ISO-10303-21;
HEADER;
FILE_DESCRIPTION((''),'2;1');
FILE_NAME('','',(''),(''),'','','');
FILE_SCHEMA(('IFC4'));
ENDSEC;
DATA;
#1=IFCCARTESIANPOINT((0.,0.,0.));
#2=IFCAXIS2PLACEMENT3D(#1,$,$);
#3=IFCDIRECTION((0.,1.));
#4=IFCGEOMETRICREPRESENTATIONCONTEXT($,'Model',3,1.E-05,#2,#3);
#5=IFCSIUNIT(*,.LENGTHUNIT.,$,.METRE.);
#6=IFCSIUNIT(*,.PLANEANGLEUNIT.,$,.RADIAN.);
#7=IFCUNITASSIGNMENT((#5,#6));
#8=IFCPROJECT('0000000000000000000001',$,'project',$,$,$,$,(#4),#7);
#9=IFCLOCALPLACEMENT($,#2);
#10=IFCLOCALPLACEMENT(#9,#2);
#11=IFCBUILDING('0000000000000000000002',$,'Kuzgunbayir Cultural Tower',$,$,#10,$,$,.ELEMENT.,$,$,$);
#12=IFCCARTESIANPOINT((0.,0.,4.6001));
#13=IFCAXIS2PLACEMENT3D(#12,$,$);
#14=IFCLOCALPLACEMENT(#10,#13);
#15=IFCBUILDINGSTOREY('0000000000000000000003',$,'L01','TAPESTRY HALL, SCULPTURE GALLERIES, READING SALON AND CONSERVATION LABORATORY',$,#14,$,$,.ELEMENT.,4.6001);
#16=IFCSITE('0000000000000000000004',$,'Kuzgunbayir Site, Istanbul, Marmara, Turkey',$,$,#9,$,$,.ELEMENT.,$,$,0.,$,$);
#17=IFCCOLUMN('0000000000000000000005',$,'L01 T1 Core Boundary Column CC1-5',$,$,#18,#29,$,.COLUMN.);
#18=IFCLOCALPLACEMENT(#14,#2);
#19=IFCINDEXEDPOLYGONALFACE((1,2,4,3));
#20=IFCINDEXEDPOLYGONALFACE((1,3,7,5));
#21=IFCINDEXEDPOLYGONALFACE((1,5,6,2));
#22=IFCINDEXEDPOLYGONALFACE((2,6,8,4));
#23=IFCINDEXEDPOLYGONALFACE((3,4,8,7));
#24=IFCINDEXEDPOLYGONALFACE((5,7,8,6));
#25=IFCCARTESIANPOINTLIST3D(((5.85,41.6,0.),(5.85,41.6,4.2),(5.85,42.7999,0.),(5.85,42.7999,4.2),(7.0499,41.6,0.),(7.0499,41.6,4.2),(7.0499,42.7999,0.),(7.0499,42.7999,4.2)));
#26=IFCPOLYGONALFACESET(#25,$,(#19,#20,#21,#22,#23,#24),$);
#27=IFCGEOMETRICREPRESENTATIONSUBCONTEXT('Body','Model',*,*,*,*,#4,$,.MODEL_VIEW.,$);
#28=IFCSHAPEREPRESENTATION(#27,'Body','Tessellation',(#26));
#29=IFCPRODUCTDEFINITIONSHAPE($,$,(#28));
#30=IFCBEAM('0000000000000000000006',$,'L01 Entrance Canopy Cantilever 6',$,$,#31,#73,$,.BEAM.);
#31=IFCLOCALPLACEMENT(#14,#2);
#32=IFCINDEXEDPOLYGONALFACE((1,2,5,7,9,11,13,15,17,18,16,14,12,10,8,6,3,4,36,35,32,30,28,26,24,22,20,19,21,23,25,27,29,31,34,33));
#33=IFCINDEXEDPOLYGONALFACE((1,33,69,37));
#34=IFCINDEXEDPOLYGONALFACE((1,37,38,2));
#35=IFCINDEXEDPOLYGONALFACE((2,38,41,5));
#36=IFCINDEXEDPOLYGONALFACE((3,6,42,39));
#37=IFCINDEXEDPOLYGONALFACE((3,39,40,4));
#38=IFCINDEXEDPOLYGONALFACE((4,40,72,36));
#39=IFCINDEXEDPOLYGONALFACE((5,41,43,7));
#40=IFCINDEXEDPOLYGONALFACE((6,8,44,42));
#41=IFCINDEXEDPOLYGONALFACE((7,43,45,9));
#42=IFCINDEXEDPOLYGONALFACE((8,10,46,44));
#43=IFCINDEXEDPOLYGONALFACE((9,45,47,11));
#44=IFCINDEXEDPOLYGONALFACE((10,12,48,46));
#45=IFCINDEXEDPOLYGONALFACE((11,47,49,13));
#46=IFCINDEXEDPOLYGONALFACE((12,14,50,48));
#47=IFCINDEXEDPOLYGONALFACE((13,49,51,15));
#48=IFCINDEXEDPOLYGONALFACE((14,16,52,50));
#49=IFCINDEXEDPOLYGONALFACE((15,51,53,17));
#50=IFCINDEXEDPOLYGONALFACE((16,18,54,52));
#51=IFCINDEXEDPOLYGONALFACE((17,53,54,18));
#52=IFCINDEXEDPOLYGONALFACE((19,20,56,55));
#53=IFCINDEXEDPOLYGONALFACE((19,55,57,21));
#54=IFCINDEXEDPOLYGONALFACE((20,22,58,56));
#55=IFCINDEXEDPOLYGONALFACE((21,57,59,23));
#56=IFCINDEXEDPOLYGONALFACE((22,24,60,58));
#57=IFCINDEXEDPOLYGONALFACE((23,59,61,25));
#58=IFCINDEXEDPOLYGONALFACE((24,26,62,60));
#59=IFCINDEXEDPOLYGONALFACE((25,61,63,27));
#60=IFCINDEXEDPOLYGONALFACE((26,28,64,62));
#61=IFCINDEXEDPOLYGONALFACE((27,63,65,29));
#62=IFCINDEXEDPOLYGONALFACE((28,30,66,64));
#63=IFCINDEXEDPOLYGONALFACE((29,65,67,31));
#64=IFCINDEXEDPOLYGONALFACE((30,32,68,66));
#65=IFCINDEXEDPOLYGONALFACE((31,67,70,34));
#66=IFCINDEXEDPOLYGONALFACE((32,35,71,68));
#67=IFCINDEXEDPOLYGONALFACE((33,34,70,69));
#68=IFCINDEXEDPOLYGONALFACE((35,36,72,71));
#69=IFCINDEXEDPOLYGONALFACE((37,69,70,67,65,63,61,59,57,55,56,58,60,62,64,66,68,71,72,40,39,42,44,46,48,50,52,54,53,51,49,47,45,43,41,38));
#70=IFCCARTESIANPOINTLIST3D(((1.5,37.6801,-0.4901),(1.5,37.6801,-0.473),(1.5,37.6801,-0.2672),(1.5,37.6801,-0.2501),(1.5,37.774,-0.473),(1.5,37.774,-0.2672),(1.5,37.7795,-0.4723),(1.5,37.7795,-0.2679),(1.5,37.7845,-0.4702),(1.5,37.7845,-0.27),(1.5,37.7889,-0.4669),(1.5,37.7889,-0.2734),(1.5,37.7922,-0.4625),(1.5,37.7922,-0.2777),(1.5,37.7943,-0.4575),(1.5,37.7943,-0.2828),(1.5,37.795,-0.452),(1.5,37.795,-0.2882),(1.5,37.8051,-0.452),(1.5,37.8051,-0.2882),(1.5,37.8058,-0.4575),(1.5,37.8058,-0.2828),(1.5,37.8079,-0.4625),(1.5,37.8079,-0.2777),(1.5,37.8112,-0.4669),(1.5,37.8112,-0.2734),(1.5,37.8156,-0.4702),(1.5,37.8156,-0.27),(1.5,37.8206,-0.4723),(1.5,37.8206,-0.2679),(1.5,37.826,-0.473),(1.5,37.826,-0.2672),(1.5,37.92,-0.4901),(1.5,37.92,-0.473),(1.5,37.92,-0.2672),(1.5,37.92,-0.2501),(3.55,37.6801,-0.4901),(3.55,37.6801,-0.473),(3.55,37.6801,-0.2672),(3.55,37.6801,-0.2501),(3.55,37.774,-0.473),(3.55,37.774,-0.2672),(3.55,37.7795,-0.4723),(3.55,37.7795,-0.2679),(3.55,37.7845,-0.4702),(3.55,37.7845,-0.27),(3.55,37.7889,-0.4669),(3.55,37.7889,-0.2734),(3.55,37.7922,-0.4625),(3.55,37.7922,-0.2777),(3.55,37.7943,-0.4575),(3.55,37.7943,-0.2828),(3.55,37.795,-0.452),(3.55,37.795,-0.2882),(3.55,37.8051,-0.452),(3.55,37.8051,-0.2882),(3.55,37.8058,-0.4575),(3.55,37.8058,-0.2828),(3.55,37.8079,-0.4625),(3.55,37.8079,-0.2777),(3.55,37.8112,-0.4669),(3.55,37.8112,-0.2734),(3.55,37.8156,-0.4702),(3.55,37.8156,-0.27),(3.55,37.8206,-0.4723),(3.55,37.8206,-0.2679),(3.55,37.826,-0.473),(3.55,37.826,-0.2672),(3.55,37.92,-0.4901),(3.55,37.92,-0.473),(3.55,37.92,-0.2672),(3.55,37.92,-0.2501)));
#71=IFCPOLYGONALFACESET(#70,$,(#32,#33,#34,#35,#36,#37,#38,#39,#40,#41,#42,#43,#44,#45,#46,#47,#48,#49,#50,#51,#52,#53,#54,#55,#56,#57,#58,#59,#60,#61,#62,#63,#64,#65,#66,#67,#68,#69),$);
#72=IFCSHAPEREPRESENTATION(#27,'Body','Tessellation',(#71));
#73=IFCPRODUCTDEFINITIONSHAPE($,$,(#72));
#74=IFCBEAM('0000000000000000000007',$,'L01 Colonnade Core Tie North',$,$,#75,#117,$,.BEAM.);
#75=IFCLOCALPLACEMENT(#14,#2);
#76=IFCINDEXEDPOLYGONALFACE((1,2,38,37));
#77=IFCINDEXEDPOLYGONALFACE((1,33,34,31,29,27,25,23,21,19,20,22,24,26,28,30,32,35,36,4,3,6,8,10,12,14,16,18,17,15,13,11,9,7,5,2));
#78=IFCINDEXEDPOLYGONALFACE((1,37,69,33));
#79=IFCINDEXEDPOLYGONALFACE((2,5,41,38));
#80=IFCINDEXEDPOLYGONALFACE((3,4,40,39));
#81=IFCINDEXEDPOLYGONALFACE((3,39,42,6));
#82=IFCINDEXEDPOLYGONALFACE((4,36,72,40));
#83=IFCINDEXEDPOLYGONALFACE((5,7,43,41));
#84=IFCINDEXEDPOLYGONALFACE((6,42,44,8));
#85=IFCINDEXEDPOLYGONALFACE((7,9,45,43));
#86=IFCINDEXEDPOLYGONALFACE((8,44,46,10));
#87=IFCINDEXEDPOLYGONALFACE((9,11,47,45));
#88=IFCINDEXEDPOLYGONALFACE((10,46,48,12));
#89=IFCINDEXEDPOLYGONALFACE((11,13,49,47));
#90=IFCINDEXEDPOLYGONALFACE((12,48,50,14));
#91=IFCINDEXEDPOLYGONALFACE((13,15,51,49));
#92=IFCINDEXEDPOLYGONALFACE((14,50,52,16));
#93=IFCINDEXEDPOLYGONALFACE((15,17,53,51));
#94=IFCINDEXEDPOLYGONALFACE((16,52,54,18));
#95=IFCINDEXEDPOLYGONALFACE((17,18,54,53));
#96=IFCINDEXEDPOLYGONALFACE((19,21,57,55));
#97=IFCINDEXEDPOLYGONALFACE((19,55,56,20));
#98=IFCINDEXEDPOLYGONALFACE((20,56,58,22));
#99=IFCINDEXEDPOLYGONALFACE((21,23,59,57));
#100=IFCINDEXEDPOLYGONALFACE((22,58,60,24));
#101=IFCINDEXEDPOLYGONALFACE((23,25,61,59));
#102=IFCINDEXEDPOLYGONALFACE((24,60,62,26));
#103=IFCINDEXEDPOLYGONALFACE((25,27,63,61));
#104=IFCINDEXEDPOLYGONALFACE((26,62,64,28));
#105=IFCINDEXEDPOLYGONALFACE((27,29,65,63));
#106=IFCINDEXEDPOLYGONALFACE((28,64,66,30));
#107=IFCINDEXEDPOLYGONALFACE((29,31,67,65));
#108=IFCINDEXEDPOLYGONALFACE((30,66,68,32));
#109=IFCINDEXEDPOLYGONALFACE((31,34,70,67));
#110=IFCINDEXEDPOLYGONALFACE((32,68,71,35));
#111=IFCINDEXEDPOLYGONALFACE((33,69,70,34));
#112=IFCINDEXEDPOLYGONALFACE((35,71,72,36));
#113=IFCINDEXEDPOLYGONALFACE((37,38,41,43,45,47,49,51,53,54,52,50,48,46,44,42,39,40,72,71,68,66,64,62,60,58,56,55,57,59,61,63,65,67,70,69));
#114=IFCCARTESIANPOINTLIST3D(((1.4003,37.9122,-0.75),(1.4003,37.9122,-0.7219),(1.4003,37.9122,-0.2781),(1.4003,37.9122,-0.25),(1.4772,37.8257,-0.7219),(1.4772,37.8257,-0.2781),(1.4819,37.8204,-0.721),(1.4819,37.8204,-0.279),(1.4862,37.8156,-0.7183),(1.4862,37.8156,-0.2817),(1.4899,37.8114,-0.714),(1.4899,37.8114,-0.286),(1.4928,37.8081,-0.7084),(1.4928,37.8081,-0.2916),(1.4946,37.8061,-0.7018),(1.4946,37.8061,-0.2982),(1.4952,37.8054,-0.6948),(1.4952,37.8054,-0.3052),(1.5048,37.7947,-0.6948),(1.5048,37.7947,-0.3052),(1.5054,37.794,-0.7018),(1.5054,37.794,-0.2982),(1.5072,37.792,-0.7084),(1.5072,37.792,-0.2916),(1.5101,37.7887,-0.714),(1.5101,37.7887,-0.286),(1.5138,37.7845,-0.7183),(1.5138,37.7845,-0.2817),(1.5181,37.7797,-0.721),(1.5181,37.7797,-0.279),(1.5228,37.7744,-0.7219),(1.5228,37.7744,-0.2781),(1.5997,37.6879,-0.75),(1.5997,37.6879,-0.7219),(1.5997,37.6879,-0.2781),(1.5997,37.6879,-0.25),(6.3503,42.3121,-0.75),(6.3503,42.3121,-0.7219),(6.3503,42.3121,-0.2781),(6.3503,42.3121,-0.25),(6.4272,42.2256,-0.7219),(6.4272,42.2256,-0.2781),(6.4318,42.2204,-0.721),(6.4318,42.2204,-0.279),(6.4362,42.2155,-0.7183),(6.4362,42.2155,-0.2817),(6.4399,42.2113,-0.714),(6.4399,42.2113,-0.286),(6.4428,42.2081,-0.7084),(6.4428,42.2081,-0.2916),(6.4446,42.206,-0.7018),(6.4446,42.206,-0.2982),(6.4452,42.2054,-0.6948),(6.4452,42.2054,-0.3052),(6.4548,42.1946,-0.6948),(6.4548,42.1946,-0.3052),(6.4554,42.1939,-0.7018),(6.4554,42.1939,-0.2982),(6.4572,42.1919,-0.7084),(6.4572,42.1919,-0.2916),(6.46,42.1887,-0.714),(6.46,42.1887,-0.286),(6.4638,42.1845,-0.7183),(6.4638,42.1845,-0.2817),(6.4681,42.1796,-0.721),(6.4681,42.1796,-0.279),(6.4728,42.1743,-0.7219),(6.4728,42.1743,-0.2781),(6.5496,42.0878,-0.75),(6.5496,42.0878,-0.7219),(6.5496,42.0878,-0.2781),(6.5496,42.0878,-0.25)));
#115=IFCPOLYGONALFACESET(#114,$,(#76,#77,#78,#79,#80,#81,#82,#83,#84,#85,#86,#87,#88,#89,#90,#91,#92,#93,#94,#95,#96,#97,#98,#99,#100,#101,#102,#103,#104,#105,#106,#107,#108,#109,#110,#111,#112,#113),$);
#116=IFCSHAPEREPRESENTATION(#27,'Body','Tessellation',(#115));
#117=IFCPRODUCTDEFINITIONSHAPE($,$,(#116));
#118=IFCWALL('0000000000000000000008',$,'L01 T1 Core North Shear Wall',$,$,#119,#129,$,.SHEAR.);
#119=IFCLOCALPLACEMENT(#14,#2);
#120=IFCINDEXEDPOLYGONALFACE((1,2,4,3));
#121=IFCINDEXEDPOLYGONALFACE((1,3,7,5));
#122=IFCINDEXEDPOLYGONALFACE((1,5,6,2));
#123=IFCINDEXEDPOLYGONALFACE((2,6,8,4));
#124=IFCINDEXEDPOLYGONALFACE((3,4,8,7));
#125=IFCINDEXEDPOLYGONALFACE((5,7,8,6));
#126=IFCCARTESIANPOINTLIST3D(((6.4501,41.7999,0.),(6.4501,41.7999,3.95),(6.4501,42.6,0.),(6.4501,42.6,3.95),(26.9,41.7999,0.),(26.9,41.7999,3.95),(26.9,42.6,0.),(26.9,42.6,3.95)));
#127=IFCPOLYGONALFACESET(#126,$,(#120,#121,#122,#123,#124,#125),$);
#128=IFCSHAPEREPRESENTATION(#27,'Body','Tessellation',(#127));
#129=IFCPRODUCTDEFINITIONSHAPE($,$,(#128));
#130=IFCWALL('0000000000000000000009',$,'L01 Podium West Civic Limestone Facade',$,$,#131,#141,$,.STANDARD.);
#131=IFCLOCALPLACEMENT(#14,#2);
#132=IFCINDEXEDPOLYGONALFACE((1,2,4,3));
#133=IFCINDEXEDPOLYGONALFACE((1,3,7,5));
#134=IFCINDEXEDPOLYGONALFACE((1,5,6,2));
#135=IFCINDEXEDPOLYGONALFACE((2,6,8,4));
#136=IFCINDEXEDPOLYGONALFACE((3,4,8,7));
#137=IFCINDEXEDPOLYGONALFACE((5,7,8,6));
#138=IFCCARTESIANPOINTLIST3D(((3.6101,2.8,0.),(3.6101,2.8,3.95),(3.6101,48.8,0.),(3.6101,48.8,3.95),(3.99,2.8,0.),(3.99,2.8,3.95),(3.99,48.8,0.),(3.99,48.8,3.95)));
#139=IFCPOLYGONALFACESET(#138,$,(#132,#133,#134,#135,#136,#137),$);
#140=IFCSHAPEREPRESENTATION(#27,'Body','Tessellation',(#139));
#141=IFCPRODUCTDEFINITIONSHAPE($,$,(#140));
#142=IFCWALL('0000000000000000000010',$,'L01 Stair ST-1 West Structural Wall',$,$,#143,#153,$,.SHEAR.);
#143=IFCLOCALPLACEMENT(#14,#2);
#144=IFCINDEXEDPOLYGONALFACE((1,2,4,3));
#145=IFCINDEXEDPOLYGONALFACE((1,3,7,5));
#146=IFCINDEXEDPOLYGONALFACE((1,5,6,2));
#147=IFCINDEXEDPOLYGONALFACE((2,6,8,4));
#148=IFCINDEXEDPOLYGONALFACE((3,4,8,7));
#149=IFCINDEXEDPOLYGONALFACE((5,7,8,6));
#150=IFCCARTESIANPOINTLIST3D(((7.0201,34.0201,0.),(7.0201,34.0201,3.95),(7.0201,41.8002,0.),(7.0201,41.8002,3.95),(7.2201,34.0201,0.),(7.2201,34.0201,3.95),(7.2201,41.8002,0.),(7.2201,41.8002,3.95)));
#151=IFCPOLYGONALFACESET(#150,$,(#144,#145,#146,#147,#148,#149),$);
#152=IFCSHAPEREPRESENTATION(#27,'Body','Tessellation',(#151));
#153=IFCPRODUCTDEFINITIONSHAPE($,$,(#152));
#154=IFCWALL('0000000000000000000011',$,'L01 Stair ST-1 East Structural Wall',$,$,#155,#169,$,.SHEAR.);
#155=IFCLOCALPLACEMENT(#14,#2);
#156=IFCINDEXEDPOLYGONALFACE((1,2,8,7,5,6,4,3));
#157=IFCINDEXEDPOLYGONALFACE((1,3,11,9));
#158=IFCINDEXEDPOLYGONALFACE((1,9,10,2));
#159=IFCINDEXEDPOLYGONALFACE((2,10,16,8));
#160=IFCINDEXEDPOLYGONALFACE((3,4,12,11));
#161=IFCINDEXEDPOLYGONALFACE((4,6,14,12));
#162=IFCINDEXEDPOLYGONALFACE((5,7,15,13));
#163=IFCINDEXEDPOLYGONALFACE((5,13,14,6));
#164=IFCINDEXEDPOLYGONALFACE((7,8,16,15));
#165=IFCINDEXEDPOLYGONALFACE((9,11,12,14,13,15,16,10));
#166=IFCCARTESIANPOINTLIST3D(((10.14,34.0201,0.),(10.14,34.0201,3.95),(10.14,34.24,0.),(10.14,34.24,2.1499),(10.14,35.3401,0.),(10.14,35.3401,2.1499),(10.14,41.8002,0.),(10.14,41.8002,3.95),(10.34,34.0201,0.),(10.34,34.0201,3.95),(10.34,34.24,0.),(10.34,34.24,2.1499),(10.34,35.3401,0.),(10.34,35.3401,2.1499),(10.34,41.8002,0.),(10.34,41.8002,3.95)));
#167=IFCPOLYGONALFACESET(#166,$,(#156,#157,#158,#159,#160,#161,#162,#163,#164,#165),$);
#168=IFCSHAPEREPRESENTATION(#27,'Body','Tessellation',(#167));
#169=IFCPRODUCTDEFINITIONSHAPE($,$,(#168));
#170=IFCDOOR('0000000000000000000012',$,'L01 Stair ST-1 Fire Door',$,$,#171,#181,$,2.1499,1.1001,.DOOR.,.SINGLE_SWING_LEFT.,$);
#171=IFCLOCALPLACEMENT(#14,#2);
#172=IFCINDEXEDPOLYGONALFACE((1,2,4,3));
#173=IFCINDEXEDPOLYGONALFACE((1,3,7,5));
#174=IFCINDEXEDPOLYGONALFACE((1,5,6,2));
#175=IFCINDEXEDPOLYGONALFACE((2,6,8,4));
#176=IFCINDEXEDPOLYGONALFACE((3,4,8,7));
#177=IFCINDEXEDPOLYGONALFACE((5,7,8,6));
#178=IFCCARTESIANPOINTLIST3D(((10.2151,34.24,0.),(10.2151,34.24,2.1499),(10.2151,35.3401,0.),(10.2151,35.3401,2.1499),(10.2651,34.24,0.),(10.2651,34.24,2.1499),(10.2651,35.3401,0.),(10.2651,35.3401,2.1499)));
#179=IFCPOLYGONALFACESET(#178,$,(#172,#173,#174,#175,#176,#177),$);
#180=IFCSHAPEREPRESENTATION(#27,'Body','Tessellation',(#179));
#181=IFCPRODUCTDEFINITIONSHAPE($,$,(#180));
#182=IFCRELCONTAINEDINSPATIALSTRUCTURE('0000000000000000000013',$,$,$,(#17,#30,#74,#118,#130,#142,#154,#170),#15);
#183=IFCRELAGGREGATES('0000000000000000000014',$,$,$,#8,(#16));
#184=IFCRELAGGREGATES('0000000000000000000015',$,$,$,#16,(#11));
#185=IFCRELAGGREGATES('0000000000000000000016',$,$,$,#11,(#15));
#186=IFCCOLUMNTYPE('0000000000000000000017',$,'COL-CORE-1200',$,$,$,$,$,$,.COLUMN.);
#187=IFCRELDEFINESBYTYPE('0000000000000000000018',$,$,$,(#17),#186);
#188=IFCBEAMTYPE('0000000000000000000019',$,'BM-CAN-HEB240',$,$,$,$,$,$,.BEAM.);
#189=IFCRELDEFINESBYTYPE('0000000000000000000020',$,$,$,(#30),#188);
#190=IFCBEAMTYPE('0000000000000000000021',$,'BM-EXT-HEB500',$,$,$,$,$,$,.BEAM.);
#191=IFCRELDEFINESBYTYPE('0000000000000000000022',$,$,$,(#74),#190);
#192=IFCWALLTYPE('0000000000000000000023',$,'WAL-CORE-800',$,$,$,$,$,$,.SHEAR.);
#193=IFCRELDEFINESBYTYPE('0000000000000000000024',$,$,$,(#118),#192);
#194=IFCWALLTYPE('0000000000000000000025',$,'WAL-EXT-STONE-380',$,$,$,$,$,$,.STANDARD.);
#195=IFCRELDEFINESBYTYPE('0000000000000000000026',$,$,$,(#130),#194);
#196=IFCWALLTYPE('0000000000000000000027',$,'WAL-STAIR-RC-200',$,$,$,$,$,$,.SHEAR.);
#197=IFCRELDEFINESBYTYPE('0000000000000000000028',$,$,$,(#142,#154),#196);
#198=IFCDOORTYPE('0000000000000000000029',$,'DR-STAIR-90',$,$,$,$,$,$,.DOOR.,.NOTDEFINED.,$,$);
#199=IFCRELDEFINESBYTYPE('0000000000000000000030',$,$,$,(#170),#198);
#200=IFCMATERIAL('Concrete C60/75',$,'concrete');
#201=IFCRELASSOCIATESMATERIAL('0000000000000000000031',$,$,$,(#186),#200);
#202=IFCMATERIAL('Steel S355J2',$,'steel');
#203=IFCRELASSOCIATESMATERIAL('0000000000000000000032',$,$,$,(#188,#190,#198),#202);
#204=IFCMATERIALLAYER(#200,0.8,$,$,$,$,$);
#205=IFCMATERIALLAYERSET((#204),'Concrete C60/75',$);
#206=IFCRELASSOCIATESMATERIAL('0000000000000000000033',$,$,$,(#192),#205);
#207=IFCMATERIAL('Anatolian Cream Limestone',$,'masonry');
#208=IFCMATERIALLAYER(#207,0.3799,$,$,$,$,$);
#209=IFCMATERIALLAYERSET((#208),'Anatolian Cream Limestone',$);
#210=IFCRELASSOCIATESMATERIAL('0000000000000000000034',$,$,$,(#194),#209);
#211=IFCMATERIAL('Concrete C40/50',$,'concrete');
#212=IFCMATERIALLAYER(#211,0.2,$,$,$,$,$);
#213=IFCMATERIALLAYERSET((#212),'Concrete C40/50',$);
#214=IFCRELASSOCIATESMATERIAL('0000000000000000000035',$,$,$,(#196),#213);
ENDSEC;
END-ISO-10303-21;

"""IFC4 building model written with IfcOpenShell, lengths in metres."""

from ifc_helpers import new_model, si_unit, direction, frame, frame_2d, origin, origin_2d, place, context, subcontext, project, spatial, rectangle, i_section, extrude, material, layer, layer_set, material_profile, profile_set, type_object, element, fill, save


model = new_model("IFC4")

# Units and contexts
model_context = context("Model", 3, precision=1e-05, world=origin(), true_north=direction((0.0, 1.0)))
body_context = subcontext(model_context, "Body", "Model", "MODEL_VIEW")
ifc_project = project(units=[si_unit("LENGTHUNIT", "METRE"), si_unit("PLANEANGLEUNIT", "RADIAN")], contexts=[model_context])

# Site, building, storey
site_placement = place(None, origin())
site = spatial("IfcSite", under=ifc_project, at=site_placement, Name="Kuzgunbayir Site, Istanbul, Marmara, Turkey", CompositionType="ELEMENT", RefElevation=0.0)
building_placement = place(site_placement, origin())
building = spatial("IfcBuilding", under=site, at=building_placement, Name="Kuzgunbayir Cultural Tower", CompositionType="ELEMENT")
storey_placement = place(building_placement, frame((0.0, 0.0, 4.6001)))
storey = spatial("IfcBuildingStorey", under=building, at=storey_placement, Name="L01", Description="TAPESTRY HALL, SCULPTURE GALLERIES, READING SALON AND CONSERVATION LABORATORY", CompositionType="ELEMENT", Elevation=4.6001)

# Column
ifc_material_1 = material(Name="Concrete C60/75", Category="concrete")
ifc_material_profile_1 = material_profile(ifc_material_1, rectangle(XDim=1.2, YDim=1.2, at=origin_2d()), Name="RC 1200x1200")
ifc_profile_set_1 = profile_set([ifc_material_profile_1], Name="Concrete C60/75")
column_type = type_object("IfcColumnType", Name="COL-CORE-1200", PredefinedType="COLUMN", material=ifc_profile_set_1)
column_placement = place(storey_placement, frame((6.45, 42.2, 0.0), z_axis=(0.0, 0.0, 1.0), x_axis=(1.0, 0.0, 0.0)))
element("IfcColumn", 1, at=column_placement, inside=storey, type_object=column_type, Name="L01 T1 Core Boundary Column CC1-5", PredefinedType="COLUMN", context=body_context, shape_type="SweptSolid", body=[
    extrude(rectangle(XDim=1.2, YDim=1.2, at=origin_2d()), origin(), (0.0, 0.0, 1.0), 4.2),
])

# Beams
ifc_material_2 = material(Name="Steel S355J2", Category="steel")
ifc_material_profile_2 = material_profile(ifc_material_2, i_section(OverallWidth=0.24, OverallDepth=0.24, WebThickness=0.01, FlangeThickness=0.0171, FilletRadius=0.021, at=origin_2d()), Name="HEB 240")
ifc_profile_set_2 = profile_set([ifc_material_profile_2], Name="Steel S355J2")
beam_type_1 = type_object("IfcBeamType", Name="BM-CAN-HEB240", PredefinedType="BEAM", material=ifc_profile_set_2)
beam_1_placement = place(storey_placement, frame((1.5, 37.8, -0.3701), z_axis=(1.0, 0.0, 0.0), x_axis=(0.0, 1.0, 0.0)))
element("IfcBeam", 2, at=beam_1_placement, inside=storey, type_object=beam_type_1, Name="L01 Entrance Canopy Cantilever 6", PredefinedType="BEAM", context=body_context, shape_type="SweptSolid", body=[
    extrude(i_section(OverallWidth=0.24, OverallDepth=0.24, WebThickness=0.01, FlangeThickness=0.0171, FilletRadius=0.021, at=origin_2d()), origin(), (0.0, 0.0, 1.0), 2.05),
])
ifc_material_profile_3 = material_profile(ifc_material_2, i_section(OverallWidth=0.3, OverallDepth=0.5, WebThickness=0.0144, FlangeThickness=0.0281, FilletRadius=0.0271, at=origin_2d()), Name="HEB 500")
ifc_profile_set_3 = profile_set([ifc_material_profile_3], Name="Steel S355J2")
beam_type_2 = type_object("IfcBeamType", Name="BM-EXT-HEB500", PredefinedType="BEAM", material=ifc_profile_set_3)
beam_2_placement = place(storey_placement, frame((1.5, 37.8, -0.5), z_axis=(0.747413, 0.664359, 0.0), x_axis=(-0.664359, 0.747413, 0.0)))
element("IfcBeam", 3, at=beam_2_placement, inside=storey, type_object=beam_type_2, Name="L01 Colonnade Core Tie North", PredefinedType="BEAM", context=body_context, shape_type="SweptSolid", body=[
    extrude(i_section(OverallWidth=0.3, OverallDepth=0.5, WebThickness=0.0144, FlangeThickness=0.0281, FilletRadius=0.0271, at=origin_2d()), origin(), (0.0, 0.0, 1.0), 6.6228),
])

# Walls
ifc_layer_1 = layer(ifc_material_1, 0.8)
ifc_layer_set_1 = layer_set([ifc_layer_1], Name="Concrete C60/75")
wall_type_1 = type_object("IfcWallType", Name="WAL-CORE-800", PredefinedType="SHEAR", material=ifc_layer_set_1)
wall_1_placement = place(storey_placement, frame((6.45, 42.2, 0.0), z_axis=(0.0, 0.0, 1.0), x_axis=(1.0, 0.0, 0.0)))
element("IfcWall", 4, at=wall_1_placement, inside=storey, type_object=wall_type_1, Name="L01 T1 Core North Shear Wall", PredefinedType="SHEAR", context=body_context, shape_type="SweptSolid", body=[
    extrude(rectangle(XDim=20.45, YDim=0.8, at=frame_2d((10.2251, 0.0))), origin(), (0.0, 0.0, 1.0), 3.95),
])
ifc_material_3 = material(Name="Anatolian Cream Limestone", Category="masonry")
ifc_layer_2 = layer(ifc_material_3, 0.3799)
ifc_layer_set_2 = layer_set([ifc_layer_2], Name="Anatolian Cream Limestone")
wall_type_2 = type_object("IfcWallType", Name="WAL-EXT-STONE-380", PredefinedType="STANDARD", material=ifc_layer_set_2)
wall_2_placement = place(storey_placement, frame((3.8, 48.8, 0.0), z_axis=(0.0, 0.0, 1.0), x_axis=(0.0, -1.0, 0.0)))
element("IfcWall", 5, at=wall_2_placement, inside=storey, type_object=wall_type_2, Name="L01 Podium West Civic Limestone Facade", PredefinedType="STANDARD", context=body_context, shape_type="SweptSolid", body=[
    extrude(rectangle(XDim=46.0, YDim=0.3799, at=frame_2d((23.0, 0.0))), origin(), (0.0, 0.0, 1.0), 3.95),
])

# Shared definitions
ifc_material_4 = material(Name="Concrete C40/50", Category="concrete")

# Wall
ifc_layer_3 = layer(ifc_material_4, 0.2)
ifc_layer_set_3 = layer_set([ifc_layer_3], Name="Concrete C40/50")
wall_type_3 = type_object("IfcWallType", Name="WAL-STAIR-RC-200", PredefinedType="SHEAR", material=ifc_layer_set_3)
wall_3_placement = place(storey_placement, frame((7.1201, 34.02, 0.0), z_axis=(0.0, 0.0, 1.0), x_axis=(0.0, 1.0, 0.0)))
element("IfcWall", 6, at=wall_3_placement, inside=storey, type_object=wall_type_3, Name="L01 Stair ST-1 West Structural Wall", PredefinedType="SHEAR", context=body_context, shape_type="SweptSolid", body=[
    extrude(rectangle(XDim=7.78, YDim=0.2, at=frame_2d((3.8901, 0.0))), origin(), (0.0, 0.0, 1.0), 3.95),
])

# Wall, opening, door
wall_4_placement = place(storey_placement, frame((10.24, 34.02, 0.0), z_axis=(0.0, 0.0, 1.0), x_axis=(0.0, 1.0, 0.0)))
wall_4 = element("IfcWall", 7, at=wall_4_placement, inside=storey, type_object=wall_type_3, Name="L01 Stair ST-1 East Structural Wall", PredefinedType="SHEAR", context=body_context, shape_type="SweptSolid", body=[
    extrude(rectangle(XDim=7.78, YDim=0.2, at=frame_2d((3.8901, 0.0))), origin(), (0.0, 0.0, 1.0), 3.95),
])
opening_1_placement = place(wall_4_placement, frame((0.22, 0.0, 0.0)))
opening_1 = element("IfcOpeningElement", 8, at=opening_1_placement, cuts=wall_4, PredefinedType="OPENING", context=body_context, shape_type="SweptSolid", body=[
    extrude(rectangle(XDim=1.1001, YDim=2.1499, at=frame_2d((0.55, 1.075))), frame((0.0, 0.1099, 0.0), z_axis=(0.0, -1.0, 0.0), x_axis=(1.0, 0.0, 0.0)), (0.0, 0.0, 1.0), 0.22),
])
door_type_1 = type_object("IfcDoorType", Name="DR-STAIR-90", OperationType="NOTDEFINED", PredefinedType="DOOR", material=ifc_material_2)
door_1_placement = place(opening_1_placement, origin())
door_1 = element("IfcDoor", 9, at=door_1_placement, inside=storey, type_object=door_type_1, Name="L01 Stair ST-1 Fire Door", OperationType="SINGLE_SWING_LEFT", OverallHeight=2.1499, OverallWidth=1.1001, PredefinedType="DOOR", context=body_context, shape_type="SweptSolid", body=[
    extrude(rectangle(XDim=1.1001, YDim=2.1499, at=frame_2d((0.55, 1.075))), frame((0.0, 0.0249, 0.0), z_axis=(0.0, -1.0, 0.0), x_axis=(1.0, 0.0, 0.0)), (0.0, 0.0, 1.0), 0.05),
])
fill(opening_1, door_1)

save(model, "model.ifc")
